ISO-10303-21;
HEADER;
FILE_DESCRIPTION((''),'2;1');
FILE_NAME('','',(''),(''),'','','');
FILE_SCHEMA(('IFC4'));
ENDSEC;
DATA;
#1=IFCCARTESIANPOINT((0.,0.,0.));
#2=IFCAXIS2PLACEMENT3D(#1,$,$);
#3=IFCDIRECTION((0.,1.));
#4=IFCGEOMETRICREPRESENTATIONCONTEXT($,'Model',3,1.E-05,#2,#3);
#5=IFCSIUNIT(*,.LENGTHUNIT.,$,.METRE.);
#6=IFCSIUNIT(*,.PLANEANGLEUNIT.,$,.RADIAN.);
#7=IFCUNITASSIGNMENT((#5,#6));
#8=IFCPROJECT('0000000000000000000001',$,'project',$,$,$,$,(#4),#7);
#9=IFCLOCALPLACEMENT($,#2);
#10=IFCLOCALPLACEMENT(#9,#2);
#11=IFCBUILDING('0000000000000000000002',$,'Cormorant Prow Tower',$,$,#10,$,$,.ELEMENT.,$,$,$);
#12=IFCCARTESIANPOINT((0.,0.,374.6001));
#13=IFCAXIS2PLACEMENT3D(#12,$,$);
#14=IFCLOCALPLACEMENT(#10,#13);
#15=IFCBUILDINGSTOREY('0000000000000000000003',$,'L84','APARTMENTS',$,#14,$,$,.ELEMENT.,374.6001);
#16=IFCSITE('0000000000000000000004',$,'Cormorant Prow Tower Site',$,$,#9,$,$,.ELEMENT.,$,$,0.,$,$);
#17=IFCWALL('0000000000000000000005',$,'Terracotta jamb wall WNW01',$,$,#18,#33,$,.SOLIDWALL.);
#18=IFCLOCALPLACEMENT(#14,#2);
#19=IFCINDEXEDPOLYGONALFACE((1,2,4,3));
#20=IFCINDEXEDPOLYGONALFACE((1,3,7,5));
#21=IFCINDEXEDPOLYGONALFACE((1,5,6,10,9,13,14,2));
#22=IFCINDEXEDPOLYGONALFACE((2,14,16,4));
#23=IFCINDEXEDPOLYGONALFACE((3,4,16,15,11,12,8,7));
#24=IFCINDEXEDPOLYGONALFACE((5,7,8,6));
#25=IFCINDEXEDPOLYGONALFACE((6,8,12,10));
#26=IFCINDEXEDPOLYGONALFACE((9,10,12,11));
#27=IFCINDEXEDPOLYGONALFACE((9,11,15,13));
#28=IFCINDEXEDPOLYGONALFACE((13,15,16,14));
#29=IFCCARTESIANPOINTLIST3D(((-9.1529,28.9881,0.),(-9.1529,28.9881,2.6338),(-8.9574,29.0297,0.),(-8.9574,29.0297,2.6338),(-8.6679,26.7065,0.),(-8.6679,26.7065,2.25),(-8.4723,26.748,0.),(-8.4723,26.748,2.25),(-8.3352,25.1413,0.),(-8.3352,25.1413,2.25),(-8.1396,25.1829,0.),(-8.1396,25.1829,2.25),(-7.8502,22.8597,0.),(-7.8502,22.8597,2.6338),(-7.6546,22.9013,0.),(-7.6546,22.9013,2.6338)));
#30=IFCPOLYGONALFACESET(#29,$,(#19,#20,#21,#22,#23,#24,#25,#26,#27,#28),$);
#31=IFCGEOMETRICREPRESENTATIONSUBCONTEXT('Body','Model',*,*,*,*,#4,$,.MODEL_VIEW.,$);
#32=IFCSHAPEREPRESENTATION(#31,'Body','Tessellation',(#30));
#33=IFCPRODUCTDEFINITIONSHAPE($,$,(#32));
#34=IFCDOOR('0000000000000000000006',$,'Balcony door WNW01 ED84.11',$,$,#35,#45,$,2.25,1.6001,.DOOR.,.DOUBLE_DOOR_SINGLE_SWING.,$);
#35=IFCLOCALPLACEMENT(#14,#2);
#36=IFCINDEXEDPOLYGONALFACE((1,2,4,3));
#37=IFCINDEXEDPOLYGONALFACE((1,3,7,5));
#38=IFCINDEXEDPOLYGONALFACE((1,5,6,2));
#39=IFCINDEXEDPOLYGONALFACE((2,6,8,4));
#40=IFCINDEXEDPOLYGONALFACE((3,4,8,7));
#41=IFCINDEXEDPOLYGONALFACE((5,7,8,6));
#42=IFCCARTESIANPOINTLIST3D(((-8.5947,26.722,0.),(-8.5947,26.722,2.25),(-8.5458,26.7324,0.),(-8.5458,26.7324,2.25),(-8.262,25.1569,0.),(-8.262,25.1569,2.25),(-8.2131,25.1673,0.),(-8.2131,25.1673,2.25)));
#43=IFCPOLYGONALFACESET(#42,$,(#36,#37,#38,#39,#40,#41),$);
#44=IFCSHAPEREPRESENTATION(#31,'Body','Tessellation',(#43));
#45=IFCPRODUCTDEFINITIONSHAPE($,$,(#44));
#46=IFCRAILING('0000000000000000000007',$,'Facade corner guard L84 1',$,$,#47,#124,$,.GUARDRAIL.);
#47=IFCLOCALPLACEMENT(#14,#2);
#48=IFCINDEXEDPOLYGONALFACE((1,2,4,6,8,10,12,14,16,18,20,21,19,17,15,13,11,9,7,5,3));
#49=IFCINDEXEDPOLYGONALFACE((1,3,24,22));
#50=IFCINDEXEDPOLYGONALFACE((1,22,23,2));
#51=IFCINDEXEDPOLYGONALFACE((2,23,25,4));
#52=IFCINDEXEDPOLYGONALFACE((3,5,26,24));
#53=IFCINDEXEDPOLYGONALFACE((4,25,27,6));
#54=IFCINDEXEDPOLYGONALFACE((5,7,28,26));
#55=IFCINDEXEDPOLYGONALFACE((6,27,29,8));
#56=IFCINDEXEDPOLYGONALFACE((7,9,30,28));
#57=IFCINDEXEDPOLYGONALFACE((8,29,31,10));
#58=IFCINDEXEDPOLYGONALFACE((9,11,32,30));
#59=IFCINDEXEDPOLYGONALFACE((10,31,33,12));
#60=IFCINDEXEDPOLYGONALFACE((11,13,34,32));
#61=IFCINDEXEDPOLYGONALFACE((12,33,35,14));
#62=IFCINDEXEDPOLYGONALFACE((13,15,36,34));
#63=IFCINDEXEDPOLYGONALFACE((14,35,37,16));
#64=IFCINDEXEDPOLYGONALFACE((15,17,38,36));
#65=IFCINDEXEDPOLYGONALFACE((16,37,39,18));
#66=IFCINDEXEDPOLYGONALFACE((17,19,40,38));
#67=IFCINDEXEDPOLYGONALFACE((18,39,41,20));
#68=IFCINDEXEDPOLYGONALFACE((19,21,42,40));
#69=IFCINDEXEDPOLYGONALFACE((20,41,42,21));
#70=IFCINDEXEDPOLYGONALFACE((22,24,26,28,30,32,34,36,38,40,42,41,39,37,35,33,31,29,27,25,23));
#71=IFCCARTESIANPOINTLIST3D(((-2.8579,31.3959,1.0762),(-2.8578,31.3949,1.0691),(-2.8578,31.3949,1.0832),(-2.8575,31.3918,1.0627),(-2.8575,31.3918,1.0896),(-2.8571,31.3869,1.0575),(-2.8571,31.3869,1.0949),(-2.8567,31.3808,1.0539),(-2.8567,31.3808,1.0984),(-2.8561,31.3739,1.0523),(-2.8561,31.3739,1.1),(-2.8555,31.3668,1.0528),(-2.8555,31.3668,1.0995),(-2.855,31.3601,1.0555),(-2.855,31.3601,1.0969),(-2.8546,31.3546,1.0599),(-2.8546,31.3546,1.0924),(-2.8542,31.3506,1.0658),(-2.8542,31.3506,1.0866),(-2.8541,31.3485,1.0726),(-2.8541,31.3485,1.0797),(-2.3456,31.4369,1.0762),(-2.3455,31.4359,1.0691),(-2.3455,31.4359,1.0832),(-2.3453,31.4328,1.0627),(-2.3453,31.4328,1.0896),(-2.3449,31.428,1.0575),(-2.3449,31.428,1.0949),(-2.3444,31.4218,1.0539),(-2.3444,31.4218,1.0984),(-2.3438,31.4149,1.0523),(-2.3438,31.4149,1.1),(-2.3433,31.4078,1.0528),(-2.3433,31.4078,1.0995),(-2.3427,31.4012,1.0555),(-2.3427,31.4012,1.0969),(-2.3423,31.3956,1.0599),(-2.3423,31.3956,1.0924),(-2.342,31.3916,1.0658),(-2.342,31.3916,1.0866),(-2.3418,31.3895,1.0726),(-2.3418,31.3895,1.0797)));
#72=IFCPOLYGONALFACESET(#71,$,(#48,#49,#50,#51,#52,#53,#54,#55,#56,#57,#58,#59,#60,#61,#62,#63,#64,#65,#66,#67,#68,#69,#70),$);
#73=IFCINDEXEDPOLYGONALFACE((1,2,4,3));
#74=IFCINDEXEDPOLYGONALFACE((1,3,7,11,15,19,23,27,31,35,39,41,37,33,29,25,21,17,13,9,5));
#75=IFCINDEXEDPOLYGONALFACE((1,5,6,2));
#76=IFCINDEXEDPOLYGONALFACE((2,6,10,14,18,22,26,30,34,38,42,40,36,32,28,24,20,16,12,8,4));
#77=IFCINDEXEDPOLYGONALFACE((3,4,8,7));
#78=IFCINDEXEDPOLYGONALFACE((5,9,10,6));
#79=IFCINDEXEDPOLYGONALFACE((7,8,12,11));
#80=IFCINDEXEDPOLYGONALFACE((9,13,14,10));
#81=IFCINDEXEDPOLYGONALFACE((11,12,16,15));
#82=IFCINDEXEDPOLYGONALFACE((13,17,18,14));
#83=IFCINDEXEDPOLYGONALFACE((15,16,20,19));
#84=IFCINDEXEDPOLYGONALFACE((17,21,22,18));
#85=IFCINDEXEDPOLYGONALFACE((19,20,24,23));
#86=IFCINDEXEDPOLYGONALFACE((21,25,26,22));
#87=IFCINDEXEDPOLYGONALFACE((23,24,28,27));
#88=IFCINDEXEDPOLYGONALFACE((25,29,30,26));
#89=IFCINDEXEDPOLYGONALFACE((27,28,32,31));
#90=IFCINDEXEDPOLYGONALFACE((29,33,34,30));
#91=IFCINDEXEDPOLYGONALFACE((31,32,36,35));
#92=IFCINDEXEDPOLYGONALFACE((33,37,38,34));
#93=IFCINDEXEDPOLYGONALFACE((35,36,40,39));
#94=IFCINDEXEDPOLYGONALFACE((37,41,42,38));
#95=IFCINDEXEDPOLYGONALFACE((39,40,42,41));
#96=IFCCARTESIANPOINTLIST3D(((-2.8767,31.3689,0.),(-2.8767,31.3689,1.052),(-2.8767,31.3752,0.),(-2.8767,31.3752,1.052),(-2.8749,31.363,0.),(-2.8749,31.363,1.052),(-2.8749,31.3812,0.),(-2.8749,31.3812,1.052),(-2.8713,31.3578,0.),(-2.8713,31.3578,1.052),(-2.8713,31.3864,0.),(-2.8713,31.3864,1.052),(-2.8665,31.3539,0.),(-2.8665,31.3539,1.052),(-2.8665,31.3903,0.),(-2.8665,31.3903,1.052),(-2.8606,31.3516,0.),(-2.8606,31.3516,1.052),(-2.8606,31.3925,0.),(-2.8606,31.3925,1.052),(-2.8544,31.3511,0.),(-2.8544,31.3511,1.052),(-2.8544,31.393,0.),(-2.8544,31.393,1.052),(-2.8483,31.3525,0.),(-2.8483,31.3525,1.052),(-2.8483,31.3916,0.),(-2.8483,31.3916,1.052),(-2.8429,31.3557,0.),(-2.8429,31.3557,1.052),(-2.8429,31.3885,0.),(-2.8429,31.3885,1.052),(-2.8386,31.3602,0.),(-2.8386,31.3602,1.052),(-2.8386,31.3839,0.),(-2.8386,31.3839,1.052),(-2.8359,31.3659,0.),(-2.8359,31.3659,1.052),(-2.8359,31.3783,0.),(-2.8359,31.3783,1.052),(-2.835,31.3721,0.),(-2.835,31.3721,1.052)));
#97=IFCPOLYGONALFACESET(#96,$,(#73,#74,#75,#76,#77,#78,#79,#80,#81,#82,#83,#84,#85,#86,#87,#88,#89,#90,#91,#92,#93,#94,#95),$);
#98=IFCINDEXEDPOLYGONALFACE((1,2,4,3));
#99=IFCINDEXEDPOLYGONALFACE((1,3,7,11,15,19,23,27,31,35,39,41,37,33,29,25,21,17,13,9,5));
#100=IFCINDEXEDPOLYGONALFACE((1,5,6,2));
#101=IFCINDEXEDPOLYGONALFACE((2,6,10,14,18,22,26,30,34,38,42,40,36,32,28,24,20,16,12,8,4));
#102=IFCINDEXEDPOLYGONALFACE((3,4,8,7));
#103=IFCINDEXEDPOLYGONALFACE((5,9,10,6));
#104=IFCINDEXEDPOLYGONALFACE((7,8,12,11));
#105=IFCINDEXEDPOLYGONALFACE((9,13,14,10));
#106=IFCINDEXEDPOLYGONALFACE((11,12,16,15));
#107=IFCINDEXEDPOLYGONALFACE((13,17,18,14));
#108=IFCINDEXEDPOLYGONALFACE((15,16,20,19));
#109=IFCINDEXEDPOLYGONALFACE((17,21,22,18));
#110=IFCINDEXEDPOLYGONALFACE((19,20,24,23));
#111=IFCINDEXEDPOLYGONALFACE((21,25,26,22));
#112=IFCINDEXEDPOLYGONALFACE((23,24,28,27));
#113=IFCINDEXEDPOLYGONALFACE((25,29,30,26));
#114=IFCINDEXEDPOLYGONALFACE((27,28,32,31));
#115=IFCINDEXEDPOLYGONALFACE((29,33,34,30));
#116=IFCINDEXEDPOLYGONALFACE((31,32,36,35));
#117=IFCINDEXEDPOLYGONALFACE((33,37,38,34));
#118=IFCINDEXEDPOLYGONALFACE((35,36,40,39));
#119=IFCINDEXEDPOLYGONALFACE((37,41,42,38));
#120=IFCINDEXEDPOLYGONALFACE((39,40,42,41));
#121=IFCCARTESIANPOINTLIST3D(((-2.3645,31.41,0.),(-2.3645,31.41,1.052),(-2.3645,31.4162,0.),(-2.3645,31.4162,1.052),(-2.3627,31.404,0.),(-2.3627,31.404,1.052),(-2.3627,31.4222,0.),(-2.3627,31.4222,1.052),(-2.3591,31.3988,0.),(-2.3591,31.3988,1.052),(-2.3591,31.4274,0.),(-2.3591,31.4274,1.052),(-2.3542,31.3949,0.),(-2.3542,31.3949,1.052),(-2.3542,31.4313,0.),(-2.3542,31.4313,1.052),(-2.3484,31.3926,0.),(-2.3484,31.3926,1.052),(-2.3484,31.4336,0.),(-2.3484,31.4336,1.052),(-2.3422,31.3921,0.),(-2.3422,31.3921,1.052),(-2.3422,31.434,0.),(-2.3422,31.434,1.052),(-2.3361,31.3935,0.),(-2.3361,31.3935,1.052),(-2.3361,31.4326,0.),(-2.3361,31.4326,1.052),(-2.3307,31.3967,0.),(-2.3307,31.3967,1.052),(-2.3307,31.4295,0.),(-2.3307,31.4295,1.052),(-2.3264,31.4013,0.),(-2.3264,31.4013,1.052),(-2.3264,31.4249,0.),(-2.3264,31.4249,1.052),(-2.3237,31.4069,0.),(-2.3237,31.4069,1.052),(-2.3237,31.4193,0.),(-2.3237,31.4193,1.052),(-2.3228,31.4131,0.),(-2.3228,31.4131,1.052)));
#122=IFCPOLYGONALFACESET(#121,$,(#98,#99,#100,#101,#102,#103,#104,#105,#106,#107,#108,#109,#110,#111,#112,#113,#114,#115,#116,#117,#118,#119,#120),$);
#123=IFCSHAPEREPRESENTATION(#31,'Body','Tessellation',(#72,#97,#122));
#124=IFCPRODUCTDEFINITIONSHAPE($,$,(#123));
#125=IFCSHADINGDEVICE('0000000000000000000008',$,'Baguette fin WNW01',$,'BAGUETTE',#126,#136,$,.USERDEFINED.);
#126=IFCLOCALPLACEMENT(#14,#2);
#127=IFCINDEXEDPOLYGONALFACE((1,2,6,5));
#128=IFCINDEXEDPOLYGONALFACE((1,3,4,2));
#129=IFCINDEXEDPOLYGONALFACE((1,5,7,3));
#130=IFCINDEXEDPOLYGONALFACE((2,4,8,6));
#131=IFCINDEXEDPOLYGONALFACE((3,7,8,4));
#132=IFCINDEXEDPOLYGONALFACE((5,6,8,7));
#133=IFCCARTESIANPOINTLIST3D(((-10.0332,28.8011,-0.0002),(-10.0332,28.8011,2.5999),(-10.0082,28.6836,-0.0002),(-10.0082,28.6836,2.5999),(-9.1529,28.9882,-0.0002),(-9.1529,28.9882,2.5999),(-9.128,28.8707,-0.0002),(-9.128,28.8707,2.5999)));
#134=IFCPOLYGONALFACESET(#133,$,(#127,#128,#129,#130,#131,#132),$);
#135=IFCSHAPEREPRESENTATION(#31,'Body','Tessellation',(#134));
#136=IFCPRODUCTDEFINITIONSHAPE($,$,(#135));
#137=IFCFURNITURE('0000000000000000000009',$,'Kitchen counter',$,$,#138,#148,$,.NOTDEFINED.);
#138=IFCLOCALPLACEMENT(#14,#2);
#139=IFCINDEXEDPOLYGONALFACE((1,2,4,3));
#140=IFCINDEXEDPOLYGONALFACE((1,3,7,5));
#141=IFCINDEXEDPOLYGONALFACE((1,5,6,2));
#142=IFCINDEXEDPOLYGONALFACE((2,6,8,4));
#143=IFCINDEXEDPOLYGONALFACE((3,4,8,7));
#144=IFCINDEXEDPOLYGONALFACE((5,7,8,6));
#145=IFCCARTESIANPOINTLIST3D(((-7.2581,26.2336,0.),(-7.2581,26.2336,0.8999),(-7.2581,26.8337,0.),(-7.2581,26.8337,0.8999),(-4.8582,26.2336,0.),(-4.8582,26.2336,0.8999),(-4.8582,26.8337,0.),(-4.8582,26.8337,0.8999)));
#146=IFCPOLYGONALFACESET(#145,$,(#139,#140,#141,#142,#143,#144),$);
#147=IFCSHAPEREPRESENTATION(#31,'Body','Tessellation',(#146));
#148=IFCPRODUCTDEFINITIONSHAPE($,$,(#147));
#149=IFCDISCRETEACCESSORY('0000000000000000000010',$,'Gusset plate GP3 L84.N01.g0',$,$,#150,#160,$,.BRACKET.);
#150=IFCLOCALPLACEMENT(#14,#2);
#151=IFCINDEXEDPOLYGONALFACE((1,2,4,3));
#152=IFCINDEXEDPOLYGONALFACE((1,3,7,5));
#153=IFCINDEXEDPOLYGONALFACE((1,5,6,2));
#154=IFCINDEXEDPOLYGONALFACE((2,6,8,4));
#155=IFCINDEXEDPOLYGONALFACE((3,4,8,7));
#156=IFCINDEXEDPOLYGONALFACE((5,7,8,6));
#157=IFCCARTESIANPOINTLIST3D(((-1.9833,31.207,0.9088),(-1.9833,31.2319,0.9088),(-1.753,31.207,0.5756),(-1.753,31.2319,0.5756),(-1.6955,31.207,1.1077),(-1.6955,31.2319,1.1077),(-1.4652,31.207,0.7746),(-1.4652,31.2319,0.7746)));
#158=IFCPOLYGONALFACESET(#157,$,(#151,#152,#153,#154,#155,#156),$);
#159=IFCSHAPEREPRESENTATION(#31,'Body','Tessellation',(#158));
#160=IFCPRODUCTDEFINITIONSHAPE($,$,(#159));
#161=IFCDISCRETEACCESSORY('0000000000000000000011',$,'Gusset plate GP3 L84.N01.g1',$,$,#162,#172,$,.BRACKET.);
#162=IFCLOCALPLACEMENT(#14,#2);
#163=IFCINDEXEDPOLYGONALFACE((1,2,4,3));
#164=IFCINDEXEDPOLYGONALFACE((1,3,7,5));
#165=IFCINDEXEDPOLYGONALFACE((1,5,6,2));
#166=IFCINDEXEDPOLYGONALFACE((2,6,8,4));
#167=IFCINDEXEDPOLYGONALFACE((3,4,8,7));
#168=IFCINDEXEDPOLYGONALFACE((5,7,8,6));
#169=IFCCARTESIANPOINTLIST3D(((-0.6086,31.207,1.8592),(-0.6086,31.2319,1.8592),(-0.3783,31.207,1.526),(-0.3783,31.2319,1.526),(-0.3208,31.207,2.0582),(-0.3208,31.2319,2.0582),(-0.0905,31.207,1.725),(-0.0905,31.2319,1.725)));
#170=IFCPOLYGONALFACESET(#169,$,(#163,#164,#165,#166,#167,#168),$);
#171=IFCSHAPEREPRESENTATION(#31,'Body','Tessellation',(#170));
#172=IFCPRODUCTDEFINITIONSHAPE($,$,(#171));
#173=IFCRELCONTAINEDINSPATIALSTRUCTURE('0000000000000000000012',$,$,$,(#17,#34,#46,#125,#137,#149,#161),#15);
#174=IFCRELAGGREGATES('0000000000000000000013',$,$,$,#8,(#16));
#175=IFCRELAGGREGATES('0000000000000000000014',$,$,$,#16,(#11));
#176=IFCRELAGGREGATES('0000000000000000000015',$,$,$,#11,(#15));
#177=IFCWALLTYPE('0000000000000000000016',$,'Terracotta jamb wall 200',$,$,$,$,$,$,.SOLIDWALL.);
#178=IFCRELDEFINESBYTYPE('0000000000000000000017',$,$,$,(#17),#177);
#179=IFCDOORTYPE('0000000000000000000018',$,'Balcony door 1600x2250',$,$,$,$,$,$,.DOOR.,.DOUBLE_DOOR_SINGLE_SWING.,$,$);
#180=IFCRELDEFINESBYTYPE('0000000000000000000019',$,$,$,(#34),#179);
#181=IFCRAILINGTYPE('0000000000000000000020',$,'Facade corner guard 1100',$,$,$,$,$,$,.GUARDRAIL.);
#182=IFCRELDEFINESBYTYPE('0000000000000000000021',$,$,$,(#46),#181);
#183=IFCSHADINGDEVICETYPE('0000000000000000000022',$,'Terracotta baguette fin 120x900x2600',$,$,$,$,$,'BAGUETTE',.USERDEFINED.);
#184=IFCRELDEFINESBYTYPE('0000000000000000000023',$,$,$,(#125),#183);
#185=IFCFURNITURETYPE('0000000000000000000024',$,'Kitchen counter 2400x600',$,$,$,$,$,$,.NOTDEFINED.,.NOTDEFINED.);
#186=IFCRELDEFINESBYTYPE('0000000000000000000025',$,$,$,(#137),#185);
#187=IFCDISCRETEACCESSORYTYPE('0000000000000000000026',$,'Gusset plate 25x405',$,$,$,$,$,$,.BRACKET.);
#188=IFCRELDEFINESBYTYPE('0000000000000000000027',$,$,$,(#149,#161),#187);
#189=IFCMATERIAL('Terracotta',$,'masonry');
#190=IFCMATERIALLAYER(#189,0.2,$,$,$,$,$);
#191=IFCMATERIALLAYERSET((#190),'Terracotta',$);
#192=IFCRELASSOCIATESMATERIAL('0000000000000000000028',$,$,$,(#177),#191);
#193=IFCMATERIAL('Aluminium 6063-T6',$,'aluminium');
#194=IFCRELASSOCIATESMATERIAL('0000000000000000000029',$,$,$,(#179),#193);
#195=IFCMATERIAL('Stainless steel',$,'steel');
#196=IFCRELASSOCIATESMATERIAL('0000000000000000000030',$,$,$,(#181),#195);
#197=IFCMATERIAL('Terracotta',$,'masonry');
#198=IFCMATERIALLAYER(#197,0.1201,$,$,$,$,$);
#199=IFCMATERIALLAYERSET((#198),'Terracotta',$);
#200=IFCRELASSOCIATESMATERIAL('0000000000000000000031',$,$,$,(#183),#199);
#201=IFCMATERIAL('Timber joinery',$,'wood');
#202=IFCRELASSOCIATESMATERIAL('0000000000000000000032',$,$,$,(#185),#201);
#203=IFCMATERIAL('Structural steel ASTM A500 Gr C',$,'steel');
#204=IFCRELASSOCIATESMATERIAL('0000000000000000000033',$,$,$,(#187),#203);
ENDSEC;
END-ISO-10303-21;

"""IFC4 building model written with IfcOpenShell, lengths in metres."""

from ifc_helpers import new_model, si_unit, direction, frame, frame_2d, origin, origin_2d, place, context, subcontext, project, spatial, rectangle, circle, extrude, material, layer, layer_set, material_profile, profile_set, type_object, element, fill, save


model = new_model("IFC4")

# Units and contexts
model_context = context("Model", 3, precision=1e-05, world=origin(), true_north=direction((0.0, 1.0)))
body_context = subcontext(model_context, "Body", "Model", "MODEL_VIEW")
ifc_project = project(units=[si_unit("LENGTHUNIT", "METRE"), si_unit("PLANEANGLEUNIT", "RADIAN")], contexts=[model_context])

# Site, building, storey
site_placement = place(None, origin())
site = spatial("IfcSite", under=ifc_project, at=site_placement, Name="Cormorant Prow Tower Site", CompositionType="ELEMENT", RefElevation=0.0)
building_placement = place(site_placement, origin())
building = spatial("IfcBuilding", under=site, at=building_placement, Name="Cormorant Prow Tower", CompositionType="ELEMENT")
storey_placement = place(building_placement, frame((0.0, 0.0, 374.6001)))
storey = spatial("IfcBuildingStorey", under=building, at=storey_placement, Name="L84", Description="APARTMENTS", CompositionType="ELEMENT", Elevation=374.6001)

# Wall, opening, door
ifc_material_1 = material(Name="Terracotta", Category="masonry")
ifc_layer_1 = layer(ifc_material_1, 0.2)
ifc_layer_set_1 = layer_set([ifc_layer_1], Name="Terracotta")
wall_type_1 = type_object("IfcWallType", Name="Terracotta jamb wall 200", PredefinedType="SOLIDWALL", material=ifc_layer_set_1)
wall_1_placement = place(storey_placement, frame((-9.0552, 29.009, 0.0), z_axis=(0.0, 0.0, 1.0), x_axis=(0.207927, -0.978144, 0.0)))
wall_1 = element("IfcWall", 1, at=wall_1_placement, inside=storey, type_object=wall_type_1, Name="Terracotta jamb wall WNW01", PredefinedType="SOLIDWALL", context=body_context, shape_type="SweptSolid", body=[
    extrude(rectangle(XDim=6.2654, YDim=0.2, at=frame_2d((3.1328, 0.0))), origin(), (0.0, 0.0, 1.0), 2.6338),
])
opening_1_placement = place(wall_1_placement, frame((2.3328, 0.0, 0.0)))
opening_1 = element("IfcOpeningElement", 2, at=opening_1_placement, cuts=wall_1, PredefinedType="OPENING", context=body_context, shape_type="SweptSolid", body=[
    extrude(rectangle(XDim=1.6001, YDim=2.25, at=frame_2d((0.8, 1.125))), frame((0.0, 0.1099, 0.0), z_axis=(0.0, -1.0, 0.0), x_axis=(1.0, 0.0, 0.0)), (0.0, 0.0, 1.0), 0.22),
])
ifc_material_2 = material(Name="Aluminium 6063-T6", Category="aluminium")
door_type_1 = type_object("IfcDoorType", Name="Balcony door 1600x2250", OperationType="DOUBLE_DOOR_SINGLE_SWING", PredefinedType="DOOR", material=ifc_material_2)
door_1_placement = place(opening_1_placement, origin())
door_1 = element("IfcDoor", 3, at=door_1_placement, inside=storey, type_object=door_type_1, Name="Balcony door WNW01 ED84.11", OperationType="DOUBLE_DOOR_SINGLE_SWING", OverallHeight=2.25, OverallWidth=1.6001, PredefinedType="DOOR", context=body_context, shape_type="SweptSolid", body=[
    extrude(rectangle(XDim=1.6001, YDim=2.25, at=frame_2d((0.8, 1.125))), frame((0.0, 0.0249, 0.0), z_axis=(0.0, -1.0, 0.0), x_axis=(1.0, 0.0, 0.0)), (0.0, 0.0, 1.0), 0.05),
])
fill(opening_1, door_1)

# Railing
ifc_material_3 = material(Name="Stainless steel", Category="steel")
railing_type_1 = type_object("IfcRailingType", Name="Facade corner guard 1100", PredefinedType="GUARDRAIL", material=ifc_material_3)
railing_1_placement = place(storey_placement, frame((-2.856, 31.3721, 0.0)))
element("IfcRailing", 4, at=railing_1_placement, inside=storey, type_object=railing_type_1, Name="Facade corner guard L84 1", PredefinedType="GUARDRAIL", context=body_context, shape_type="SweptSolid", body=[
    extrude(circle(Radius=0.0239, at=origin_2d()), frame((0.0, 0.0, 1.0762), z_axis=(0.996809, 0.079821, 0.0), x_axis=(-0.079821, 0.996809, 0.0)), (0.0, 0.0, 1.0), 0.5139),
    extrude(circle(Radius=0.021, at=origin_2d()), origin(), (0.0, 0.0, 1.0), 1.052),
    extrude(circle(Radius=0.021, at=origin_2d()), frame((0.5122, 0.041, 0.0)), (0.0, 0.0, 1.0), 1.052),
])

# Shading device
ifc_material_4 = material(Name="Terracotta", Category="masonry")
ifc_layer_2 = layer(ifc_material_4, 0.1201)
ifc_layer_set_2 = layer_set([ifc_layer_2], Name="Terracotta")
shading_device_type = type_object("IfcShadingDeviceType", Name="Terracotta baguette fin 120x900x2600", ElementType="BAGUETTE", PredefinedType="USERDEFINED", material=ifc_layer_set_2)
shading_device_placement = place(storey_placement, frame((-9.5806, 28.8359, -0.0002), z_axis=(0.0, 0.0, 1.0), x_axis=(0.207912, -0.978148, 0.0)))
element("IfcShadingDevice", 5, at=shading_device_placement, inside=storey, type_object=shading_device_type, Name="Baguette fin WNW01", ObjectType="BAGUETTE", PredefinedType="USERDEFINED", context=body_context, shape_type="SweptSolid", body=[
    extrude(rectangle(XDim=0.1201, YDim=0.8999, at=origin_2d()), origin(), (0.0, 0.0, 1.0), 2.6001),
])

# Furniture
ifc_material_5 = material(Name="Timber joinery", Category="wood")
furniture_type = type_object("IfcFurnitureType", Name="Kitchen counter 2400x600", AssemblyPlace="NOTDEFINED", PredefinedType="NOTDEFINED", material=ifc_material_5)
furniture_placement = place(storey_placement, frame((-6.0581, 26.5337, 0.0), z_axis=(0.0, 0.0, 1.0), x_axis=(1.0, 0.0, 0.0)))
element("IfcFurniture", 6, at=furniture_placement, inside=storey, type_object=furniture_type, Name="Kitchen counter", PredefinedType="NOTDEFINED", context=body_context, shape_type="SweptSolid", body=[
    extrude(rectangle(XDim=2.3999, YDim=0.6001, at=origin_2d()), origin(), (0.0, 0.0, 1.0), 0.8999),
])

# Discrete accessories
ifc_material_6 = material(Name="Structural steel ASTM A500 Gr C", Category="steel")
ifc_material_profile_1 = material_profile(ifc_material_6, rectangle(XDim=0.0249, YDim=0.405, at=origin_2d()), Name="Gusset plate 25x405")
ifc_profile_set_1 = profile_set([ifc_material_profile_1], Name="Structural steel ASTM A500 Gr C")
discrete_accessory_type = type_object("IfcDiscreteAccessoryType", Name="Gusset plate 25x405", PredefinedType="BRACKET", material=ifc_profile_set_1)
for number, where, z_axis, x_axis, name in (
    (7, (-1.5803, 31.2195, 0.9412), (-0.822594, 0.0, -0.568629), (0.0, -1.0, 0.0), "Gusset plate GP3 L84.N01.g0"),
    (8, (-0.4934, 31.2195, 1.6926), (0.822594, 0.0, 0.568629), (0.0, 1.0, 0.0), "Gusset plate GP3 L84.N01.g1"),
):
    element("IfcDiscreteAccessory", number, at=place(storey_placement, frame(where, z_axis=z_axis, x_axis=x_axis)), inside=storey, type_object=discrete_accessory_type, Name=name, PredefinedType="BRACKET", context=body_context, shape_type="SweptSolid", body=[
        extrude(rectangle(XDim=0.0249, YDim=0.405, at=origin_2d()), origin(), (0.0, 0.0, 1.0), 0.3499),
    ])

save(model, "model.ifc")
